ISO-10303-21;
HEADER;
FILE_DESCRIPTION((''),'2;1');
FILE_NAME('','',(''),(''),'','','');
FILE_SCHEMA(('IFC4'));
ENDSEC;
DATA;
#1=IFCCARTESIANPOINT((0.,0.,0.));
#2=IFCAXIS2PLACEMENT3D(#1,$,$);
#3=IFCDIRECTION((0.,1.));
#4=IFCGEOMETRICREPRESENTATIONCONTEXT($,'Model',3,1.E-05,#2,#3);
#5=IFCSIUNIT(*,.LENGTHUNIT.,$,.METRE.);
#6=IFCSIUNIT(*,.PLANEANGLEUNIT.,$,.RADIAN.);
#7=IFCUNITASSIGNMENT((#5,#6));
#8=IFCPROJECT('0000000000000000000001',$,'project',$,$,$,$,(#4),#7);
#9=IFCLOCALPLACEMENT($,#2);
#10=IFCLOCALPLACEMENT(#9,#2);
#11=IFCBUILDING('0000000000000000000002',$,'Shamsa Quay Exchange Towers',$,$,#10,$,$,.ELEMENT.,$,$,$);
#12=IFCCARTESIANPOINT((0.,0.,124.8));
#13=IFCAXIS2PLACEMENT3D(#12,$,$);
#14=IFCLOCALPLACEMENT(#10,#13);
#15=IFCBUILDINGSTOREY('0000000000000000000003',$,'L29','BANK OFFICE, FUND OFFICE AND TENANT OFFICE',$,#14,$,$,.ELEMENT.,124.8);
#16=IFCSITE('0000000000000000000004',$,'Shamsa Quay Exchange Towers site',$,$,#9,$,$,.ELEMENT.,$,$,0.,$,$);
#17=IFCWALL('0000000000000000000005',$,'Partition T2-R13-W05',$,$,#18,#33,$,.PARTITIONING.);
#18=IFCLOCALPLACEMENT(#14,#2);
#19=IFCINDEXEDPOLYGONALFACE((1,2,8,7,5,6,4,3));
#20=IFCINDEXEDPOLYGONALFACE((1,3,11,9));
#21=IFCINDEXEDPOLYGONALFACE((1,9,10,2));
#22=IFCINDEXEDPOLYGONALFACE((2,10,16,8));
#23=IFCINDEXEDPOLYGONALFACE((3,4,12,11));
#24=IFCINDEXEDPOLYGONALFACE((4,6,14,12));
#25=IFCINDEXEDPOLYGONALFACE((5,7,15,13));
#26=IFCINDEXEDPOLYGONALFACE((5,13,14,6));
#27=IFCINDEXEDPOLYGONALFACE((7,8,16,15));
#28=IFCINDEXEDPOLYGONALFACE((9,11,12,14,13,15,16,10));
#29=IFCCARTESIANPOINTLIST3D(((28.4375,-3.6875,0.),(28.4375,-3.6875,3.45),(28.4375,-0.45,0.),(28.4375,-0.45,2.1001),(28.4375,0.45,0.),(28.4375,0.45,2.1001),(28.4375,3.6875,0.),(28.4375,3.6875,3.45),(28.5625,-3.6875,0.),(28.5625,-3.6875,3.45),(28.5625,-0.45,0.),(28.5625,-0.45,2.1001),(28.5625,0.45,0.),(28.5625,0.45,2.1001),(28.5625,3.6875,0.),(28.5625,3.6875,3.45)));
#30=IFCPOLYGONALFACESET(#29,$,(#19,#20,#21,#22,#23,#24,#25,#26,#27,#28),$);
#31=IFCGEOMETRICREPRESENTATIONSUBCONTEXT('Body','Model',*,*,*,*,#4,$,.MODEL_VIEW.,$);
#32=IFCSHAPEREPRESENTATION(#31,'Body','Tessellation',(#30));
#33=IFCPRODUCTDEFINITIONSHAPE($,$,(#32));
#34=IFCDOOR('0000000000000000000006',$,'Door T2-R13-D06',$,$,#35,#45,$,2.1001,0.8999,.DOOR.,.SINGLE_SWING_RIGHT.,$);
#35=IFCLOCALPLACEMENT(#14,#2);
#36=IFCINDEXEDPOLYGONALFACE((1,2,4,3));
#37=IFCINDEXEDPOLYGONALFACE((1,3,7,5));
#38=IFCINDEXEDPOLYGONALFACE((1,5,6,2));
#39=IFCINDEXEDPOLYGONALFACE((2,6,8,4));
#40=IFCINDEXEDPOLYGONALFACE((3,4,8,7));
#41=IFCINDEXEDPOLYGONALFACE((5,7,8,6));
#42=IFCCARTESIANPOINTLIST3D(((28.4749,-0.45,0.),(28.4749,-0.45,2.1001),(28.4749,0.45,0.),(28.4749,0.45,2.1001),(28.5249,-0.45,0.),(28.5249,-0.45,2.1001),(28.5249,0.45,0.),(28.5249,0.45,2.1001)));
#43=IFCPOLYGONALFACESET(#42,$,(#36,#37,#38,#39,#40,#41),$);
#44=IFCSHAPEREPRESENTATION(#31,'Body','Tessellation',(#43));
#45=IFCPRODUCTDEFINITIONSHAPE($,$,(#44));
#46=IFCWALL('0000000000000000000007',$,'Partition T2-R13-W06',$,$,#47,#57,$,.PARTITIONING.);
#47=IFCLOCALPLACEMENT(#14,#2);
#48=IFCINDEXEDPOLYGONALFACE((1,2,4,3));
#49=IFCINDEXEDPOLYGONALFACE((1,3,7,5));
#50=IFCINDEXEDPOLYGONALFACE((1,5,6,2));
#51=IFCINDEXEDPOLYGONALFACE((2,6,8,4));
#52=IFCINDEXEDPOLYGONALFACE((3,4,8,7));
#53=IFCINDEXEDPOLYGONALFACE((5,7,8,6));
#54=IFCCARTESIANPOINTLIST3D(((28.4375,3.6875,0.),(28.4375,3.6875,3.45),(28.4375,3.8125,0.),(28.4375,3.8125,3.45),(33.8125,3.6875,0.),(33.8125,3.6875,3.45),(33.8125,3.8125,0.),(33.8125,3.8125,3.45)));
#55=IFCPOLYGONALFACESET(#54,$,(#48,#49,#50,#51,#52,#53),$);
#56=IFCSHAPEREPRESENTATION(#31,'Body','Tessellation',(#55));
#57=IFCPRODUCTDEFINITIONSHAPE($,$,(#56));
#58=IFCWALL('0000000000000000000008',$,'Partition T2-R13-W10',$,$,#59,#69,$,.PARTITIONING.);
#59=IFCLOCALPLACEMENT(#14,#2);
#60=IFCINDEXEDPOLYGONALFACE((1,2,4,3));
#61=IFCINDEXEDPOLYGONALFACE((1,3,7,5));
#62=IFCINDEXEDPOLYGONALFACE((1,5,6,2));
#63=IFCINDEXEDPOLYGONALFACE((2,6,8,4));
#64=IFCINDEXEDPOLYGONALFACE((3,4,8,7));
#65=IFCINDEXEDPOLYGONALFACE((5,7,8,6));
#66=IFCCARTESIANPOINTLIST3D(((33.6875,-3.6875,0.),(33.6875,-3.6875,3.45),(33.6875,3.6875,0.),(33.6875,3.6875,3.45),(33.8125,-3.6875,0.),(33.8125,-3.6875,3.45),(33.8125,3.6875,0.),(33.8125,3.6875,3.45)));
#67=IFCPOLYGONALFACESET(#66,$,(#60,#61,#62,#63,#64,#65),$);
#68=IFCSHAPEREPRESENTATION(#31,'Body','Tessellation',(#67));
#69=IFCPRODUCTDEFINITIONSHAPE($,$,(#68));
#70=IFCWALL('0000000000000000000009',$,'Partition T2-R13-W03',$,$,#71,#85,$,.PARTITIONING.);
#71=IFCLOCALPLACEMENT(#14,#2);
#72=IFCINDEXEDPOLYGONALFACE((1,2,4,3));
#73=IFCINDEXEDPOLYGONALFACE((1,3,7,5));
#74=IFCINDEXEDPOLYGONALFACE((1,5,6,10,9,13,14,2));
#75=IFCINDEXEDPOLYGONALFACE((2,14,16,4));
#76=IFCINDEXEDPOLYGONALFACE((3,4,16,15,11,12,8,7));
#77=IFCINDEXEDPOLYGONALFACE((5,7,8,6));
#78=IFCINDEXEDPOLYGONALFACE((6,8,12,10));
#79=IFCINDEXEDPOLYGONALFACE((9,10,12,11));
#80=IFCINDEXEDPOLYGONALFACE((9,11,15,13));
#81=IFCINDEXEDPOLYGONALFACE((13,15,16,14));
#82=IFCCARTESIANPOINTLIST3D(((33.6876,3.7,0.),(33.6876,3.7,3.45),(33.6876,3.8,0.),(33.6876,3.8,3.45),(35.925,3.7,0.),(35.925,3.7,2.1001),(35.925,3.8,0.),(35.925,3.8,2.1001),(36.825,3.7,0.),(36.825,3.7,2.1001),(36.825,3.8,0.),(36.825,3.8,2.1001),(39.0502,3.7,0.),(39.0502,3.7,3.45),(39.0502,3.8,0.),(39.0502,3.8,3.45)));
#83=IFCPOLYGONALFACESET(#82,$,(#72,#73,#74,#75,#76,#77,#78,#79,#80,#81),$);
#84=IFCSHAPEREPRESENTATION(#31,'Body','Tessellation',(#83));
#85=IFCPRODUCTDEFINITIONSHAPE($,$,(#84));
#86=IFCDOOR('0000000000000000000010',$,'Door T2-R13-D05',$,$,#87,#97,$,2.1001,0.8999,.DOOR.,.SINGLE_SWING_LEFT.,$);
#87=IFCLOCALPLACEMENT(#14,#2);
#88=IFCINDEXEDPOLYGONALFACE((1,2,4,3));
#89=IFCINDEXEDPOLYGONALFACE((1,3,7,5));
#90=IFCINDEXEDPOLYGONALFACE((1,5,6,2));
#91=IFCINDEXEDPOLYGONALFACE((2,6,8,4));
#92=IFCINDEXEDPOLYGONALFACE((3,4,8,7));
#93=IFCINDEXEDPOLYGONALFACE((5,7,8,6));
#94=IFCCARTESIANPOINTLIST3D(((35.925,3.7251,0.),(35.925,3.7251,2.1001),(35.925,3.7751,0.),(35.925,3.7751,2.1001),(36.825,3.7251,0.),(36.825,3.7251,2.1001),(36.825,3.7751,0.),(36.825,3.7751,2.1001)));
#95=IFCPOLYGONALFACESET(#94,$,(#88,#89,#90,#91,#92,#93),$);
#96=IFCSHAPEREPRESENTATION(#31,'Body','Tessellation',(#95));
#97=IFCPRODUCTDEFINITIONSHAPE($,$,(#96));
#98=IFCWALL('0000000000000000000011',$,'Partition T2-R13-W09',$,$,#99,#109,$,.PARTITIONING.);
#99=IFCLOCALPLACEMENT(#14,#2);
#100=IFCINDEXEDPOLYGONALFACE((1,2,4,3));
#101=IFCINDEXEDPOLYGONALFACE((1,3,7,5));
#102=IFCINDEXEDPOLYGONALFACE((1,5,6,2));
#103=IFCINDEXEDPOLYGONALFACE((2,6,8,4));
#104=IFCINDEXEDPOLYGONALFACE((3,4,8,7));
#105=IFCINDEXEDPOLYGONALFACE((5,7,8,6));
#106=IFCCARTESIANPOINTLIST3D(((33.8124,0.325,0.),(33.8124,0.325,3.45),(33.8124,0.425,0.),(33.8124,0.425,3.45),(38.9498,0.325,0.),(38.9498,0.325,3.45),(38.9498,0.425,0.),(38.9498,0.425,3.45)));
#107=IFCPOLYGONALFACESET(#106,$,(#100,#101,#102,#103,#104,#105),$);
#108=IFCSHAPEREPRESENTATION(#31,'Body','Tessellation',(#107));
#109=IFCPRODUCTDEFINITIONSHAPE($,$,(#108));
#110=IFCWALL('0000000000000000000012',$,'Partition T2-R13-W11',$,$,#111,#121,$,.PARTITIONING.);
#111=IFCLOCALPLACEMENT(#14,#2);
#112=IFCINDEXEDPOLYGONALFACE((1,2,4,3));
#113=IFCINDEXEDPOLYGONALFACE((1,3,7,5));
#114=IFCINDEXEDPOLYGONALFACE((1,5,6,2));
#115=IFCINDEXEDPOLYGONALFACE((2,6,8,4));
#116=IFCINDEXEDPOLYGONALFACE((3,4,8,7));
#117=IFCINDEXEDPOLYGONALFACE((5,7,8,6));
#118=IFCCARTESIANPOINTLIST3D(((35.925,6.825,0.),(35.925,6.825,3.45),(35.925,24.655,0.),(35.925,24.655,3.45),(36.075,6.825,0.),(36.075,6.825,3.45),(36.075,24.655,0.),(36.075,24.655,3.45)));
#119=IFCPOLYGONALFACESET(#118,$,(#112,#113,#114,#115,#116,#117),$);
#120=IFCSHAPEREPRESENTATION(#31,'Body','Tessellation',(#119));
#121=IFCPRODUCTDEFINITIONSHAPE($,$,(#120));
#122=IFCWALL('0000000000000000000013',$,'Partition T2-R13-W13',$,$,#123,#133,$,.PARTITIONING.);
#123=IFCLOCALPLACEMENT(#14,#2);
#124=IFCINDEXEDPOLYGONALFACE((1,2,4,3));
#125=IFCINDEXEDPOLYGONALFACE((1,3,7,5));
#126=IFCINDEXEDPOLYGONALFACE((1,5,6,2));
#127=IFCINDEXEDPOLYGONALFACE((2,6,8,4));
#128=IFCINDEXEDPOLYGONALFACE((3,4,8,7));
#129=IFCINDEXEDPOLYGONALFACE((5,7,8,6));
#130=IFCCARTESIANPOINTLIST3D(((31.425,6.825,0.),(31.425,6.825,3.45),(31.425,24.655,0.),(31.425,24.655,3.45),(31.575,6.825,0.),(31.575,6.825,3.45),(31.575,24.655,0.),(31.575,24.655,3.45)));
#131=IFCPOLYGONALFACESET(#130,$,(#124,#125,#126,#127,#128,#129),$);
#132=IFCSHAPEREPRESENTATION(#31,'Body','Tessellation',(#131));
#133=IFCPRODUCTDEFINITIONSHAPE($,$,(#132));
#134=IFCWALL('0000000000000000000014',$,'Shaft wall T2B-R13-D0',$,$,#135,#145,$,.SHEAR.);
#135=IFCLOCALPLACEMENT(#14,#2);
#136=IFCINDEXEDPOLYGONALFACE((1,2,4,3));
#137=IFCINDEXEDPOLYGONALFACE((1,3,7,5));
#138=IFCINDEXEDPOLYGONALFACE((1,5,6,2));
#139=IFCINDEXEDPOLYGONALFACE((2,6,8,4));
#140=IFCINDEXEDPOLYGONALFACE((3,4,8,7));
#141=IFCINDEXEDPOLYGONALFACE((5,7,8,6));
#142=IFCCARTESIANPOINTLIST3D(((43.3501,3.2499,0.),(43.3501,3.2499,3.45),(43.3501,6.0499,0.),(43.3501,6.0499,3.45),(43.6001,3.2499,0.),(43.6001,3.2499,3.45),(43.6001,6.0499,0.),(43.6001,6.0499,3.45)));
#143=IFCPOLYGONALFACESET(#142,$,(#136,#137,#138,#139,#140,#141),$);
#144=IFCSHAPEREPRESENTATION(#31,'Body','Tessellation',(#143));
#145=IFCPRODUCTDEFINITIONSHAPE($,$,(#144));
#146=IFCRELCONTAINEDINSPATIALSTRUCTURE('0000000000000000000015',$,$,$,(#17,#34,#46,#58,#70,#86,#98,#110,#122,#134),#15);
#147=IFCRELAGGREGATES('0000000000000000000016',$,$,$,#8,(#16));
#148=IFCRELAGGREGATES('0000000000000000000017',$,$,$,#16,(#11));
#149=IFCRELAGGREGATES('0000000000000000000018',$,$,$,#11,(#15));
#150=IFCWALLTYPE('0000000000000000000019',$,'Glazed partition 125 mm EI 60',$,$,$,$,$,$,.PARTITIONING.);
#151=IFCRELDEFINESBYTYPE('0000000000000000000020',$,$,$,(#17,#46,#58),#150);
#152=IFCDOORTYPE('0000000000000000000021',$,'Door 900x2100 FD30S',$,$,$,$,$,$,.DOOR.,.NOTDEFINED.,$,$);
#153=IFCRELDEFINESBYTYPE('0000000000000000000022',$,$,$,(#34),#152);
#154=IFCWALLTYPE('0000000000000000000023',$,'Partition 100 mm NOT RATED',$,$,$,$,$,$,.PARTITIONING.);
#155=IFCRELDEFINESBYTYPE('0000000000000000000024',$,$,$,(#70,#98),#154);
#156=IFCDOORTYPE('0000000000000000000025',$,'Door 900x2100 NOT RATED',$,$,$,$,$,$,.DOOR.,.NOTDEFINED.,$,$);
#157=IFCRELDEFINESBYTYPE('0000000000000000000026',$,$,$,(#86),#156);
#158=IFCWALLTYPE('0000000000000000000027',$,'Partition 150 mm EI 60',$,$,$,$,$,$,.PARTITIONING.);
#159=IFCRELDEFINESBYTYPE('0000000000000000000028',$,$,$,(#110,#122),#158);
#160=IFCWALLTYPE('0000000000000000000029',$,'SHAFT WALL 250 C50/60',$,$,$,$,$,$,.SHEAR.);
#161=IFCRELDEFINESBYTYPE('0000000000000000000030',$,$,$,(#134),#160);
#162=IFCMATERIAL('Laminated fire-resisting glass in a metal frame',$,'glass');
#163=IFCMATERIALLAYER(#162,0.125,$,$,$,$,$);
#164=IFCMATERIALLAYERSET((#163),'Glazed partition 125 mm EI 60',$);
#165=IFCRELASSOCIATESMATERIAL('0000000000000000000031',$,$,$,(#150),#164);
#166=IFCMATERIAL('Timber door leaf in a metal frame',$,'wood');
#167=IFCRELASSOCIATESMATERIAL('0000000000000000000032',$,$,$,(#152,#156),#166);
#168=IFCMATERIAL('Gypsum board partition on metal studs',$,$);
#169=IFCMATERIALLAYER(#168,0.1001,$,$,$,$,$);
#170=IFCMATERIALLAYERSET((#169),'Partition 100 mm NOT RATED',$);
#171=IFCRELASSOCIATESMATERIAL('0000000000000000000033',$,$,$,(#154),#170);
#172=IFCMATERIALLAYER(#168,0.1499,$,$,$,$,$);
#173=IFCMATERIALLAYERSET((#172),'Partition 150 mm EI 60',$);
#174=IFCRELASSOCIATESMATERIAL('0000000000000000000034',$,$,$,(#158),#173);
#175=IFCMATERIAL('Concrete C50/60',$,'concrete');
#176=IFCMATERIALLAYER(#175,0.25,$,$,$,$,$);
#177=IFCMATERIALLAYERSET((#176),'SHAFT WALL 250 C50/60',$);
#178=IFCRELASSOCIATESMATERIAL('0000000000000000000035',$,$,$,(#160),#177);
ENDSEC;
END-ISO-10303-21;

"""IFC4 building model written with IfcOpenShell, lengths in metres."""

from ifc_helpers import new_model, si_unit, direction, frame, frame_2d, origin, place, context, subcontext, project, spatial, rectangle, extrude, material, layer, layer_set, type_object, element, fill, save


model = new_model("IFC4")

# Units and contexts
model_context = context("Model", 3, precision=1e-05, world=origin(), true_north=direction((0.0, 1.0)))
body_context = subcontext(model_context, "Body", "Model", "MODEL_VIEW")
ifc_project = project(units=[si_unit("LENGTHUNIT", "METRE"), si_unit("PLANEANGLEUNIT", "RADIAN")], contexts=[model_context])

# Site, building, storey
site_placement = place(None, origin())
site = spatial("IfcSite", under=ifc_project, at=site_placement, Name="Shamsa Quay Exchange Towers site", CompositionType="ELEMENT", RefElevation=0.0)
building_placement = place(site_placement, origin())
building = spatial("IfcBuilding", under=site, at=building_placement, Name="Shamsa Quay Exchange Towers", CompositionType="ELEMENT")
storey_placement = place(building_placement, frame((0.0, 0.0, 124.8)))
storey = spatial("IfcBuildingStorey", under=building, at=storey_placement, Name="L29", Description="BANK OFFICE, FUND OFFICE AND TENANT OFFICE", CompositionType="ELEMENT", Elevation=124.8)

# Wall, opening, door
ifc_material_1 = material(Name="Laminated fire-resisting glass in a metal frame", Category="glass")
ifc_layer_1 = layer(ifc_material_1, 0.125)
ifc_layer_set_1 = layer_set([ifc_layer_1], Name="Glazed partition 125 mm EI 60")
wall_type_1 = type_object("IfcWallType", Name="Glazed partition 125 mm EI 60", PredefinedType="PARTITIONING", material=ifc_layer_set_1)
wall_1_placement = place(storey_placement, frame((28.5, 3.6875, 0.0), z_axis=(0.0, 0.0, 1.0), x_axis=(0.0, -1.0, 0.0)))
wall_1 = element("IfcWall", 1, at=wall_1_placement, inside=storey, type_object=wall_type_1, Name="Partition T2-R13-W05", PredefinedType="PARTITIONING", context=body_context, shape_type="SweptSolid", body=[
    extrude(rectangle(XDim=7.375, YDim=0.125, at=frame_2d((3.6875, 0.0))), origin(), (0.0, 0.0, 1.0), 3.45),
])
opening_1_placement = place(wall_1_placement, frame((3.2375, 0.0, 0.0)))
opening_1 = element("IfcOpeningElement", 2, at=opening_1_placement, cuts=wall_1, PredefinedType="OPENING", context=body_context, shape_type="SweptSolid", body=[
    extrude(rectangle(XDim=0.8999, YDim=2.1001, at=frame_2d((0.45, 1.05))), frame((0.0, 0.0725, 0.0), z_axis=(0.0, -1.0, 0.0), x_axis=(1.0, 0.0, 0.0)), (0.0, 0.0, 1.0), 0.145),
])
ifc_material_2 = material(Name="Timber door leaf in a metal frame", Category="wood")
door_type_1 = type_object("IfcDoorType", Name="Door 900x2100 FD30S", OperationType="NOTDEFINED", PredefinedType="DOOR", material=ifc_material_2)
door_1_placement = place(opening_1_placement, origin())
door_1 = element("IfcDoor", 3, at=door_1_placement, inside=storey, type_object=door_type_1, Name="Door T2-R13-D06", OperationType="SINGLE_SWING_RIGHT", OverallHeight=2.1001, OverallWidth=0.8999, PredefinedType="DOOR", context=body_context, shape_type="SweptSolid", body=[
    extrude(rectangle(XDim=0.8999, YDim=2.1001, at=frame_2d((0.45, 1.05))), frame((0.0, 0.0249, 0.0), z_axis=(0.0, -1.0, 0.0), x_axis=(1.0, 0.0, 0.0)), (0.0, 0.0, 1.0), 0.05),
])
fill(opening_1, door_1)

# Walls
wall_2_placement = place(storey_placement, frame((33.8125, 3.75, 0.0), z_axis=(0.0, 0.0, 1.0), x_axis=(-1.0, 0.0, 0.0)))
element("IfcWall", 4, at=wall_2_placement, inside=storey, type_object=wall_type_1, Name="Partition T2-R13-W06", PredefinedType="PARTITIONING", context=body_context, shape_type="SweptSolid", body=[
    extrude(rectangle(XDim=5.375, YDim=0.125, at=frame_2d((2.6875, 0.0))), origin(), (0.0, 0.0, 1.0), 3.45),
])
wall_3_placement = place(storey_placement, frame((33.75, 3.6875, 0.0), z_axis=(0.0, 0.0, 1.0), x_axis=(0.0, -1.0, 0.0)))
element("IfcWall", 5, at=wall_3_placement, inside=storey, type_object=wall_type_1, Name="Partition T2-R13-W10", PredefinedType="PARTITIONING", context=body_context, shape_type="SweptSolid", body=[
    extrude(rectangle(XDim=7.375, YDim=0.125, at=frame_2d((3.6875, 0.0))), origin(), (0.0, 0.0, 1.0), 3.45),
])

# Wall, opening, door
ifc_material_3 = material(Name="Gypsum board partition on metal studs")
ifc_layer_2 = layer(ifc_material_3, 0.1001)
ifc_layer_set_2 = layer_set([ifc_layer_2], Name="Partition 100 mm NOT RATED")
wall_type_2 = type_object("IfcWallType", Name="Partition 100 mm NOT RATED", PredefinedType="PARTITIONING", material=ifc_layer_set_2)
wall_4_placement = place(storey_placement, frame((39.05, 3.75, 0.0), z_axis=(0.0, 0.0, 1.0), x_axis=(-1.0, 0.0, 0.0)))
wall_4 = element("IfcWall", 6, at=wall_4_placement, inside=storey, type_object=wall_type_2, Name="Partition T2-R13-W03", PredefinedType="PARTITIONING", context=body_context, shape_type="SweptSolid", body=[
    extrude(rectangle(XDim=5.3625, YDim=0.1001, at=frame_2d((2.6812, 0.0))), origin(), (0.0, 0.0, 1.0), 3.45),
])
opening_2_placement = place(wall_4_placement, frame((2.2251, 0.0, 0.0)))
opening_2 = element("IfcOpeningElement", 7, at=opening_2_placement, cuts=wall_4, PredefinedType="OPENING", context=body_context, shape_type="SweptSolid", body=[
    extrude(rectangle(XDim=0.8999, YDim=2.1001, at=frame_2d((0.45, 1.05))), frame((0.0, 0.0601, 0.0), z_axis=(0.0, -1.0, 0.0), x_axis=(1.0, 0.0, 0.0)), (0.0, 0.0, 1.0), 0.1201),
])
door_type_2 = type_object("IfcDoorType", Name="Door 900x2100 NOT RATED", OperationType="NOTDEFINED", PredefinedType="DOOR", material=ifc_material_2)
door_2_placement = place(opening_2_placement, origin())
door_2 = element("IfcDoor", 8, at=door_2_placement, inside=storey, type_object=door_type_2, Name="Door T2-R13-D05", OperationType="SINGLE_SWING_LEFT", OverallHeight=2.1001, OverallWidth=0.8999, PredefinedType="DOOR", context=body_context, shape_type="SweptSolid", body=[
    extrude(rectangle(XDim=0.8999, YDim=2.1001, at=frame_2d((0.45, 1.05))), frame((0.0, 0.0249, 0.0), z_axis=(0.0, -1.0, 0.0), x_axis=(1.0, 0.0, 0.0)), (0.0, 0.0, 1.0), 0.05),
])
fill(opening_2, door_2)

# Walls
wall_5_placement = place(storey_placement, frame((38.95, 0.375, 0.0), z_axis=(0.0, 0.0, 1.0), x_axis=(-1.0, 0.0, 0.0)))
element("IfcWall", 9, at=wall_5_placement, inside=storey, type_object=wall_type_2, Name="Partition T2-R13-W09", PredefinedType="PARTITIONING", context=body_context, shape_type="SweptSolid", body=[
    extrude(rectangle(XDim=5.1375, YDim=0.1001, at=frame_2d((2.5688, 0.0))), origin(), (0.0, 0.0, 1.0), 3.45),
])
ifc_layer_3 = layer(ifc_material_3, 0.1499)
ifc_layer_set_3 = layer_set([ifc_layer_3], Name="Partition 150 mm EI 60")
wall_type_3 = type_object("IfcWallType", Name="Partition 150 mm EI 60", PredefinedType="PARTITIONING", material=ifc_layer_set_3)
for number, where, z_axis, x_axis, name in (
    (10, (36.0, 24.655, 0.0), (0.0, 0.0, 1.0), (0.0, -1.0, 0.0), "Partition T2-R13-W11"),
    (11, (31.5, 24.655, 0.0), (0.0, 0.0, 1.0), (0.0, -1.0, 0.0), "Partition T2-R13-W13"),
):
    element("IfcWall", number, at=place(storey_placement, frame(where, z_axis=z_axis, x_axis=x_axis)), inside=storey, type_object=wall_type_3, Name=name, PredefinedType="PARTITIONING", context=body_context, shape_type="SweptSolid", body=[
        extrude(rectangle(XDim=17.8301, YDim=0.1499, at=frame_2d((8.915, 0.0))), origin(), (0.0, 0.0, 1.0), 3.45),
    ])
ifc_material_4 = material(Name="Concrete C50/60", Category="concrete")
ifc_layer_4 = layer(ifc_material_4, 0.25)
ifc_layer_set_4 = layer_set([ifc_layer_4], Name="SHAFT WALL 250 C50/60")
wall_type_4 = type_object("IfcWallType", Name="SHAFT WALL 250 C50/60", PredefinedType="SHEAR", material=ifc_layer_set_4)
wall_6_placement = place(storey_placement, frame((43.4751, 3.25, 0.0), z_axis=(0.0, 0.0, 1.0), x_axis=(0.0, 1.0, 0.0)))
element("IfcWall", 12, at=wall_6_placement, inside=storey, type_object=wall_type_4, Name="Shaft wall T2B-R13-D0", PredefinedType="SHEAR", context=body_context, shape_type="SweptSolid", body=[
    extrude(rectangle(XDim=2.8, YDim=0.25, at=frame_2d((1.3999, 0.0))), origin(), (0.0, 0.0, 1.0), 3.45),
])

save(model, "model.ifc")
